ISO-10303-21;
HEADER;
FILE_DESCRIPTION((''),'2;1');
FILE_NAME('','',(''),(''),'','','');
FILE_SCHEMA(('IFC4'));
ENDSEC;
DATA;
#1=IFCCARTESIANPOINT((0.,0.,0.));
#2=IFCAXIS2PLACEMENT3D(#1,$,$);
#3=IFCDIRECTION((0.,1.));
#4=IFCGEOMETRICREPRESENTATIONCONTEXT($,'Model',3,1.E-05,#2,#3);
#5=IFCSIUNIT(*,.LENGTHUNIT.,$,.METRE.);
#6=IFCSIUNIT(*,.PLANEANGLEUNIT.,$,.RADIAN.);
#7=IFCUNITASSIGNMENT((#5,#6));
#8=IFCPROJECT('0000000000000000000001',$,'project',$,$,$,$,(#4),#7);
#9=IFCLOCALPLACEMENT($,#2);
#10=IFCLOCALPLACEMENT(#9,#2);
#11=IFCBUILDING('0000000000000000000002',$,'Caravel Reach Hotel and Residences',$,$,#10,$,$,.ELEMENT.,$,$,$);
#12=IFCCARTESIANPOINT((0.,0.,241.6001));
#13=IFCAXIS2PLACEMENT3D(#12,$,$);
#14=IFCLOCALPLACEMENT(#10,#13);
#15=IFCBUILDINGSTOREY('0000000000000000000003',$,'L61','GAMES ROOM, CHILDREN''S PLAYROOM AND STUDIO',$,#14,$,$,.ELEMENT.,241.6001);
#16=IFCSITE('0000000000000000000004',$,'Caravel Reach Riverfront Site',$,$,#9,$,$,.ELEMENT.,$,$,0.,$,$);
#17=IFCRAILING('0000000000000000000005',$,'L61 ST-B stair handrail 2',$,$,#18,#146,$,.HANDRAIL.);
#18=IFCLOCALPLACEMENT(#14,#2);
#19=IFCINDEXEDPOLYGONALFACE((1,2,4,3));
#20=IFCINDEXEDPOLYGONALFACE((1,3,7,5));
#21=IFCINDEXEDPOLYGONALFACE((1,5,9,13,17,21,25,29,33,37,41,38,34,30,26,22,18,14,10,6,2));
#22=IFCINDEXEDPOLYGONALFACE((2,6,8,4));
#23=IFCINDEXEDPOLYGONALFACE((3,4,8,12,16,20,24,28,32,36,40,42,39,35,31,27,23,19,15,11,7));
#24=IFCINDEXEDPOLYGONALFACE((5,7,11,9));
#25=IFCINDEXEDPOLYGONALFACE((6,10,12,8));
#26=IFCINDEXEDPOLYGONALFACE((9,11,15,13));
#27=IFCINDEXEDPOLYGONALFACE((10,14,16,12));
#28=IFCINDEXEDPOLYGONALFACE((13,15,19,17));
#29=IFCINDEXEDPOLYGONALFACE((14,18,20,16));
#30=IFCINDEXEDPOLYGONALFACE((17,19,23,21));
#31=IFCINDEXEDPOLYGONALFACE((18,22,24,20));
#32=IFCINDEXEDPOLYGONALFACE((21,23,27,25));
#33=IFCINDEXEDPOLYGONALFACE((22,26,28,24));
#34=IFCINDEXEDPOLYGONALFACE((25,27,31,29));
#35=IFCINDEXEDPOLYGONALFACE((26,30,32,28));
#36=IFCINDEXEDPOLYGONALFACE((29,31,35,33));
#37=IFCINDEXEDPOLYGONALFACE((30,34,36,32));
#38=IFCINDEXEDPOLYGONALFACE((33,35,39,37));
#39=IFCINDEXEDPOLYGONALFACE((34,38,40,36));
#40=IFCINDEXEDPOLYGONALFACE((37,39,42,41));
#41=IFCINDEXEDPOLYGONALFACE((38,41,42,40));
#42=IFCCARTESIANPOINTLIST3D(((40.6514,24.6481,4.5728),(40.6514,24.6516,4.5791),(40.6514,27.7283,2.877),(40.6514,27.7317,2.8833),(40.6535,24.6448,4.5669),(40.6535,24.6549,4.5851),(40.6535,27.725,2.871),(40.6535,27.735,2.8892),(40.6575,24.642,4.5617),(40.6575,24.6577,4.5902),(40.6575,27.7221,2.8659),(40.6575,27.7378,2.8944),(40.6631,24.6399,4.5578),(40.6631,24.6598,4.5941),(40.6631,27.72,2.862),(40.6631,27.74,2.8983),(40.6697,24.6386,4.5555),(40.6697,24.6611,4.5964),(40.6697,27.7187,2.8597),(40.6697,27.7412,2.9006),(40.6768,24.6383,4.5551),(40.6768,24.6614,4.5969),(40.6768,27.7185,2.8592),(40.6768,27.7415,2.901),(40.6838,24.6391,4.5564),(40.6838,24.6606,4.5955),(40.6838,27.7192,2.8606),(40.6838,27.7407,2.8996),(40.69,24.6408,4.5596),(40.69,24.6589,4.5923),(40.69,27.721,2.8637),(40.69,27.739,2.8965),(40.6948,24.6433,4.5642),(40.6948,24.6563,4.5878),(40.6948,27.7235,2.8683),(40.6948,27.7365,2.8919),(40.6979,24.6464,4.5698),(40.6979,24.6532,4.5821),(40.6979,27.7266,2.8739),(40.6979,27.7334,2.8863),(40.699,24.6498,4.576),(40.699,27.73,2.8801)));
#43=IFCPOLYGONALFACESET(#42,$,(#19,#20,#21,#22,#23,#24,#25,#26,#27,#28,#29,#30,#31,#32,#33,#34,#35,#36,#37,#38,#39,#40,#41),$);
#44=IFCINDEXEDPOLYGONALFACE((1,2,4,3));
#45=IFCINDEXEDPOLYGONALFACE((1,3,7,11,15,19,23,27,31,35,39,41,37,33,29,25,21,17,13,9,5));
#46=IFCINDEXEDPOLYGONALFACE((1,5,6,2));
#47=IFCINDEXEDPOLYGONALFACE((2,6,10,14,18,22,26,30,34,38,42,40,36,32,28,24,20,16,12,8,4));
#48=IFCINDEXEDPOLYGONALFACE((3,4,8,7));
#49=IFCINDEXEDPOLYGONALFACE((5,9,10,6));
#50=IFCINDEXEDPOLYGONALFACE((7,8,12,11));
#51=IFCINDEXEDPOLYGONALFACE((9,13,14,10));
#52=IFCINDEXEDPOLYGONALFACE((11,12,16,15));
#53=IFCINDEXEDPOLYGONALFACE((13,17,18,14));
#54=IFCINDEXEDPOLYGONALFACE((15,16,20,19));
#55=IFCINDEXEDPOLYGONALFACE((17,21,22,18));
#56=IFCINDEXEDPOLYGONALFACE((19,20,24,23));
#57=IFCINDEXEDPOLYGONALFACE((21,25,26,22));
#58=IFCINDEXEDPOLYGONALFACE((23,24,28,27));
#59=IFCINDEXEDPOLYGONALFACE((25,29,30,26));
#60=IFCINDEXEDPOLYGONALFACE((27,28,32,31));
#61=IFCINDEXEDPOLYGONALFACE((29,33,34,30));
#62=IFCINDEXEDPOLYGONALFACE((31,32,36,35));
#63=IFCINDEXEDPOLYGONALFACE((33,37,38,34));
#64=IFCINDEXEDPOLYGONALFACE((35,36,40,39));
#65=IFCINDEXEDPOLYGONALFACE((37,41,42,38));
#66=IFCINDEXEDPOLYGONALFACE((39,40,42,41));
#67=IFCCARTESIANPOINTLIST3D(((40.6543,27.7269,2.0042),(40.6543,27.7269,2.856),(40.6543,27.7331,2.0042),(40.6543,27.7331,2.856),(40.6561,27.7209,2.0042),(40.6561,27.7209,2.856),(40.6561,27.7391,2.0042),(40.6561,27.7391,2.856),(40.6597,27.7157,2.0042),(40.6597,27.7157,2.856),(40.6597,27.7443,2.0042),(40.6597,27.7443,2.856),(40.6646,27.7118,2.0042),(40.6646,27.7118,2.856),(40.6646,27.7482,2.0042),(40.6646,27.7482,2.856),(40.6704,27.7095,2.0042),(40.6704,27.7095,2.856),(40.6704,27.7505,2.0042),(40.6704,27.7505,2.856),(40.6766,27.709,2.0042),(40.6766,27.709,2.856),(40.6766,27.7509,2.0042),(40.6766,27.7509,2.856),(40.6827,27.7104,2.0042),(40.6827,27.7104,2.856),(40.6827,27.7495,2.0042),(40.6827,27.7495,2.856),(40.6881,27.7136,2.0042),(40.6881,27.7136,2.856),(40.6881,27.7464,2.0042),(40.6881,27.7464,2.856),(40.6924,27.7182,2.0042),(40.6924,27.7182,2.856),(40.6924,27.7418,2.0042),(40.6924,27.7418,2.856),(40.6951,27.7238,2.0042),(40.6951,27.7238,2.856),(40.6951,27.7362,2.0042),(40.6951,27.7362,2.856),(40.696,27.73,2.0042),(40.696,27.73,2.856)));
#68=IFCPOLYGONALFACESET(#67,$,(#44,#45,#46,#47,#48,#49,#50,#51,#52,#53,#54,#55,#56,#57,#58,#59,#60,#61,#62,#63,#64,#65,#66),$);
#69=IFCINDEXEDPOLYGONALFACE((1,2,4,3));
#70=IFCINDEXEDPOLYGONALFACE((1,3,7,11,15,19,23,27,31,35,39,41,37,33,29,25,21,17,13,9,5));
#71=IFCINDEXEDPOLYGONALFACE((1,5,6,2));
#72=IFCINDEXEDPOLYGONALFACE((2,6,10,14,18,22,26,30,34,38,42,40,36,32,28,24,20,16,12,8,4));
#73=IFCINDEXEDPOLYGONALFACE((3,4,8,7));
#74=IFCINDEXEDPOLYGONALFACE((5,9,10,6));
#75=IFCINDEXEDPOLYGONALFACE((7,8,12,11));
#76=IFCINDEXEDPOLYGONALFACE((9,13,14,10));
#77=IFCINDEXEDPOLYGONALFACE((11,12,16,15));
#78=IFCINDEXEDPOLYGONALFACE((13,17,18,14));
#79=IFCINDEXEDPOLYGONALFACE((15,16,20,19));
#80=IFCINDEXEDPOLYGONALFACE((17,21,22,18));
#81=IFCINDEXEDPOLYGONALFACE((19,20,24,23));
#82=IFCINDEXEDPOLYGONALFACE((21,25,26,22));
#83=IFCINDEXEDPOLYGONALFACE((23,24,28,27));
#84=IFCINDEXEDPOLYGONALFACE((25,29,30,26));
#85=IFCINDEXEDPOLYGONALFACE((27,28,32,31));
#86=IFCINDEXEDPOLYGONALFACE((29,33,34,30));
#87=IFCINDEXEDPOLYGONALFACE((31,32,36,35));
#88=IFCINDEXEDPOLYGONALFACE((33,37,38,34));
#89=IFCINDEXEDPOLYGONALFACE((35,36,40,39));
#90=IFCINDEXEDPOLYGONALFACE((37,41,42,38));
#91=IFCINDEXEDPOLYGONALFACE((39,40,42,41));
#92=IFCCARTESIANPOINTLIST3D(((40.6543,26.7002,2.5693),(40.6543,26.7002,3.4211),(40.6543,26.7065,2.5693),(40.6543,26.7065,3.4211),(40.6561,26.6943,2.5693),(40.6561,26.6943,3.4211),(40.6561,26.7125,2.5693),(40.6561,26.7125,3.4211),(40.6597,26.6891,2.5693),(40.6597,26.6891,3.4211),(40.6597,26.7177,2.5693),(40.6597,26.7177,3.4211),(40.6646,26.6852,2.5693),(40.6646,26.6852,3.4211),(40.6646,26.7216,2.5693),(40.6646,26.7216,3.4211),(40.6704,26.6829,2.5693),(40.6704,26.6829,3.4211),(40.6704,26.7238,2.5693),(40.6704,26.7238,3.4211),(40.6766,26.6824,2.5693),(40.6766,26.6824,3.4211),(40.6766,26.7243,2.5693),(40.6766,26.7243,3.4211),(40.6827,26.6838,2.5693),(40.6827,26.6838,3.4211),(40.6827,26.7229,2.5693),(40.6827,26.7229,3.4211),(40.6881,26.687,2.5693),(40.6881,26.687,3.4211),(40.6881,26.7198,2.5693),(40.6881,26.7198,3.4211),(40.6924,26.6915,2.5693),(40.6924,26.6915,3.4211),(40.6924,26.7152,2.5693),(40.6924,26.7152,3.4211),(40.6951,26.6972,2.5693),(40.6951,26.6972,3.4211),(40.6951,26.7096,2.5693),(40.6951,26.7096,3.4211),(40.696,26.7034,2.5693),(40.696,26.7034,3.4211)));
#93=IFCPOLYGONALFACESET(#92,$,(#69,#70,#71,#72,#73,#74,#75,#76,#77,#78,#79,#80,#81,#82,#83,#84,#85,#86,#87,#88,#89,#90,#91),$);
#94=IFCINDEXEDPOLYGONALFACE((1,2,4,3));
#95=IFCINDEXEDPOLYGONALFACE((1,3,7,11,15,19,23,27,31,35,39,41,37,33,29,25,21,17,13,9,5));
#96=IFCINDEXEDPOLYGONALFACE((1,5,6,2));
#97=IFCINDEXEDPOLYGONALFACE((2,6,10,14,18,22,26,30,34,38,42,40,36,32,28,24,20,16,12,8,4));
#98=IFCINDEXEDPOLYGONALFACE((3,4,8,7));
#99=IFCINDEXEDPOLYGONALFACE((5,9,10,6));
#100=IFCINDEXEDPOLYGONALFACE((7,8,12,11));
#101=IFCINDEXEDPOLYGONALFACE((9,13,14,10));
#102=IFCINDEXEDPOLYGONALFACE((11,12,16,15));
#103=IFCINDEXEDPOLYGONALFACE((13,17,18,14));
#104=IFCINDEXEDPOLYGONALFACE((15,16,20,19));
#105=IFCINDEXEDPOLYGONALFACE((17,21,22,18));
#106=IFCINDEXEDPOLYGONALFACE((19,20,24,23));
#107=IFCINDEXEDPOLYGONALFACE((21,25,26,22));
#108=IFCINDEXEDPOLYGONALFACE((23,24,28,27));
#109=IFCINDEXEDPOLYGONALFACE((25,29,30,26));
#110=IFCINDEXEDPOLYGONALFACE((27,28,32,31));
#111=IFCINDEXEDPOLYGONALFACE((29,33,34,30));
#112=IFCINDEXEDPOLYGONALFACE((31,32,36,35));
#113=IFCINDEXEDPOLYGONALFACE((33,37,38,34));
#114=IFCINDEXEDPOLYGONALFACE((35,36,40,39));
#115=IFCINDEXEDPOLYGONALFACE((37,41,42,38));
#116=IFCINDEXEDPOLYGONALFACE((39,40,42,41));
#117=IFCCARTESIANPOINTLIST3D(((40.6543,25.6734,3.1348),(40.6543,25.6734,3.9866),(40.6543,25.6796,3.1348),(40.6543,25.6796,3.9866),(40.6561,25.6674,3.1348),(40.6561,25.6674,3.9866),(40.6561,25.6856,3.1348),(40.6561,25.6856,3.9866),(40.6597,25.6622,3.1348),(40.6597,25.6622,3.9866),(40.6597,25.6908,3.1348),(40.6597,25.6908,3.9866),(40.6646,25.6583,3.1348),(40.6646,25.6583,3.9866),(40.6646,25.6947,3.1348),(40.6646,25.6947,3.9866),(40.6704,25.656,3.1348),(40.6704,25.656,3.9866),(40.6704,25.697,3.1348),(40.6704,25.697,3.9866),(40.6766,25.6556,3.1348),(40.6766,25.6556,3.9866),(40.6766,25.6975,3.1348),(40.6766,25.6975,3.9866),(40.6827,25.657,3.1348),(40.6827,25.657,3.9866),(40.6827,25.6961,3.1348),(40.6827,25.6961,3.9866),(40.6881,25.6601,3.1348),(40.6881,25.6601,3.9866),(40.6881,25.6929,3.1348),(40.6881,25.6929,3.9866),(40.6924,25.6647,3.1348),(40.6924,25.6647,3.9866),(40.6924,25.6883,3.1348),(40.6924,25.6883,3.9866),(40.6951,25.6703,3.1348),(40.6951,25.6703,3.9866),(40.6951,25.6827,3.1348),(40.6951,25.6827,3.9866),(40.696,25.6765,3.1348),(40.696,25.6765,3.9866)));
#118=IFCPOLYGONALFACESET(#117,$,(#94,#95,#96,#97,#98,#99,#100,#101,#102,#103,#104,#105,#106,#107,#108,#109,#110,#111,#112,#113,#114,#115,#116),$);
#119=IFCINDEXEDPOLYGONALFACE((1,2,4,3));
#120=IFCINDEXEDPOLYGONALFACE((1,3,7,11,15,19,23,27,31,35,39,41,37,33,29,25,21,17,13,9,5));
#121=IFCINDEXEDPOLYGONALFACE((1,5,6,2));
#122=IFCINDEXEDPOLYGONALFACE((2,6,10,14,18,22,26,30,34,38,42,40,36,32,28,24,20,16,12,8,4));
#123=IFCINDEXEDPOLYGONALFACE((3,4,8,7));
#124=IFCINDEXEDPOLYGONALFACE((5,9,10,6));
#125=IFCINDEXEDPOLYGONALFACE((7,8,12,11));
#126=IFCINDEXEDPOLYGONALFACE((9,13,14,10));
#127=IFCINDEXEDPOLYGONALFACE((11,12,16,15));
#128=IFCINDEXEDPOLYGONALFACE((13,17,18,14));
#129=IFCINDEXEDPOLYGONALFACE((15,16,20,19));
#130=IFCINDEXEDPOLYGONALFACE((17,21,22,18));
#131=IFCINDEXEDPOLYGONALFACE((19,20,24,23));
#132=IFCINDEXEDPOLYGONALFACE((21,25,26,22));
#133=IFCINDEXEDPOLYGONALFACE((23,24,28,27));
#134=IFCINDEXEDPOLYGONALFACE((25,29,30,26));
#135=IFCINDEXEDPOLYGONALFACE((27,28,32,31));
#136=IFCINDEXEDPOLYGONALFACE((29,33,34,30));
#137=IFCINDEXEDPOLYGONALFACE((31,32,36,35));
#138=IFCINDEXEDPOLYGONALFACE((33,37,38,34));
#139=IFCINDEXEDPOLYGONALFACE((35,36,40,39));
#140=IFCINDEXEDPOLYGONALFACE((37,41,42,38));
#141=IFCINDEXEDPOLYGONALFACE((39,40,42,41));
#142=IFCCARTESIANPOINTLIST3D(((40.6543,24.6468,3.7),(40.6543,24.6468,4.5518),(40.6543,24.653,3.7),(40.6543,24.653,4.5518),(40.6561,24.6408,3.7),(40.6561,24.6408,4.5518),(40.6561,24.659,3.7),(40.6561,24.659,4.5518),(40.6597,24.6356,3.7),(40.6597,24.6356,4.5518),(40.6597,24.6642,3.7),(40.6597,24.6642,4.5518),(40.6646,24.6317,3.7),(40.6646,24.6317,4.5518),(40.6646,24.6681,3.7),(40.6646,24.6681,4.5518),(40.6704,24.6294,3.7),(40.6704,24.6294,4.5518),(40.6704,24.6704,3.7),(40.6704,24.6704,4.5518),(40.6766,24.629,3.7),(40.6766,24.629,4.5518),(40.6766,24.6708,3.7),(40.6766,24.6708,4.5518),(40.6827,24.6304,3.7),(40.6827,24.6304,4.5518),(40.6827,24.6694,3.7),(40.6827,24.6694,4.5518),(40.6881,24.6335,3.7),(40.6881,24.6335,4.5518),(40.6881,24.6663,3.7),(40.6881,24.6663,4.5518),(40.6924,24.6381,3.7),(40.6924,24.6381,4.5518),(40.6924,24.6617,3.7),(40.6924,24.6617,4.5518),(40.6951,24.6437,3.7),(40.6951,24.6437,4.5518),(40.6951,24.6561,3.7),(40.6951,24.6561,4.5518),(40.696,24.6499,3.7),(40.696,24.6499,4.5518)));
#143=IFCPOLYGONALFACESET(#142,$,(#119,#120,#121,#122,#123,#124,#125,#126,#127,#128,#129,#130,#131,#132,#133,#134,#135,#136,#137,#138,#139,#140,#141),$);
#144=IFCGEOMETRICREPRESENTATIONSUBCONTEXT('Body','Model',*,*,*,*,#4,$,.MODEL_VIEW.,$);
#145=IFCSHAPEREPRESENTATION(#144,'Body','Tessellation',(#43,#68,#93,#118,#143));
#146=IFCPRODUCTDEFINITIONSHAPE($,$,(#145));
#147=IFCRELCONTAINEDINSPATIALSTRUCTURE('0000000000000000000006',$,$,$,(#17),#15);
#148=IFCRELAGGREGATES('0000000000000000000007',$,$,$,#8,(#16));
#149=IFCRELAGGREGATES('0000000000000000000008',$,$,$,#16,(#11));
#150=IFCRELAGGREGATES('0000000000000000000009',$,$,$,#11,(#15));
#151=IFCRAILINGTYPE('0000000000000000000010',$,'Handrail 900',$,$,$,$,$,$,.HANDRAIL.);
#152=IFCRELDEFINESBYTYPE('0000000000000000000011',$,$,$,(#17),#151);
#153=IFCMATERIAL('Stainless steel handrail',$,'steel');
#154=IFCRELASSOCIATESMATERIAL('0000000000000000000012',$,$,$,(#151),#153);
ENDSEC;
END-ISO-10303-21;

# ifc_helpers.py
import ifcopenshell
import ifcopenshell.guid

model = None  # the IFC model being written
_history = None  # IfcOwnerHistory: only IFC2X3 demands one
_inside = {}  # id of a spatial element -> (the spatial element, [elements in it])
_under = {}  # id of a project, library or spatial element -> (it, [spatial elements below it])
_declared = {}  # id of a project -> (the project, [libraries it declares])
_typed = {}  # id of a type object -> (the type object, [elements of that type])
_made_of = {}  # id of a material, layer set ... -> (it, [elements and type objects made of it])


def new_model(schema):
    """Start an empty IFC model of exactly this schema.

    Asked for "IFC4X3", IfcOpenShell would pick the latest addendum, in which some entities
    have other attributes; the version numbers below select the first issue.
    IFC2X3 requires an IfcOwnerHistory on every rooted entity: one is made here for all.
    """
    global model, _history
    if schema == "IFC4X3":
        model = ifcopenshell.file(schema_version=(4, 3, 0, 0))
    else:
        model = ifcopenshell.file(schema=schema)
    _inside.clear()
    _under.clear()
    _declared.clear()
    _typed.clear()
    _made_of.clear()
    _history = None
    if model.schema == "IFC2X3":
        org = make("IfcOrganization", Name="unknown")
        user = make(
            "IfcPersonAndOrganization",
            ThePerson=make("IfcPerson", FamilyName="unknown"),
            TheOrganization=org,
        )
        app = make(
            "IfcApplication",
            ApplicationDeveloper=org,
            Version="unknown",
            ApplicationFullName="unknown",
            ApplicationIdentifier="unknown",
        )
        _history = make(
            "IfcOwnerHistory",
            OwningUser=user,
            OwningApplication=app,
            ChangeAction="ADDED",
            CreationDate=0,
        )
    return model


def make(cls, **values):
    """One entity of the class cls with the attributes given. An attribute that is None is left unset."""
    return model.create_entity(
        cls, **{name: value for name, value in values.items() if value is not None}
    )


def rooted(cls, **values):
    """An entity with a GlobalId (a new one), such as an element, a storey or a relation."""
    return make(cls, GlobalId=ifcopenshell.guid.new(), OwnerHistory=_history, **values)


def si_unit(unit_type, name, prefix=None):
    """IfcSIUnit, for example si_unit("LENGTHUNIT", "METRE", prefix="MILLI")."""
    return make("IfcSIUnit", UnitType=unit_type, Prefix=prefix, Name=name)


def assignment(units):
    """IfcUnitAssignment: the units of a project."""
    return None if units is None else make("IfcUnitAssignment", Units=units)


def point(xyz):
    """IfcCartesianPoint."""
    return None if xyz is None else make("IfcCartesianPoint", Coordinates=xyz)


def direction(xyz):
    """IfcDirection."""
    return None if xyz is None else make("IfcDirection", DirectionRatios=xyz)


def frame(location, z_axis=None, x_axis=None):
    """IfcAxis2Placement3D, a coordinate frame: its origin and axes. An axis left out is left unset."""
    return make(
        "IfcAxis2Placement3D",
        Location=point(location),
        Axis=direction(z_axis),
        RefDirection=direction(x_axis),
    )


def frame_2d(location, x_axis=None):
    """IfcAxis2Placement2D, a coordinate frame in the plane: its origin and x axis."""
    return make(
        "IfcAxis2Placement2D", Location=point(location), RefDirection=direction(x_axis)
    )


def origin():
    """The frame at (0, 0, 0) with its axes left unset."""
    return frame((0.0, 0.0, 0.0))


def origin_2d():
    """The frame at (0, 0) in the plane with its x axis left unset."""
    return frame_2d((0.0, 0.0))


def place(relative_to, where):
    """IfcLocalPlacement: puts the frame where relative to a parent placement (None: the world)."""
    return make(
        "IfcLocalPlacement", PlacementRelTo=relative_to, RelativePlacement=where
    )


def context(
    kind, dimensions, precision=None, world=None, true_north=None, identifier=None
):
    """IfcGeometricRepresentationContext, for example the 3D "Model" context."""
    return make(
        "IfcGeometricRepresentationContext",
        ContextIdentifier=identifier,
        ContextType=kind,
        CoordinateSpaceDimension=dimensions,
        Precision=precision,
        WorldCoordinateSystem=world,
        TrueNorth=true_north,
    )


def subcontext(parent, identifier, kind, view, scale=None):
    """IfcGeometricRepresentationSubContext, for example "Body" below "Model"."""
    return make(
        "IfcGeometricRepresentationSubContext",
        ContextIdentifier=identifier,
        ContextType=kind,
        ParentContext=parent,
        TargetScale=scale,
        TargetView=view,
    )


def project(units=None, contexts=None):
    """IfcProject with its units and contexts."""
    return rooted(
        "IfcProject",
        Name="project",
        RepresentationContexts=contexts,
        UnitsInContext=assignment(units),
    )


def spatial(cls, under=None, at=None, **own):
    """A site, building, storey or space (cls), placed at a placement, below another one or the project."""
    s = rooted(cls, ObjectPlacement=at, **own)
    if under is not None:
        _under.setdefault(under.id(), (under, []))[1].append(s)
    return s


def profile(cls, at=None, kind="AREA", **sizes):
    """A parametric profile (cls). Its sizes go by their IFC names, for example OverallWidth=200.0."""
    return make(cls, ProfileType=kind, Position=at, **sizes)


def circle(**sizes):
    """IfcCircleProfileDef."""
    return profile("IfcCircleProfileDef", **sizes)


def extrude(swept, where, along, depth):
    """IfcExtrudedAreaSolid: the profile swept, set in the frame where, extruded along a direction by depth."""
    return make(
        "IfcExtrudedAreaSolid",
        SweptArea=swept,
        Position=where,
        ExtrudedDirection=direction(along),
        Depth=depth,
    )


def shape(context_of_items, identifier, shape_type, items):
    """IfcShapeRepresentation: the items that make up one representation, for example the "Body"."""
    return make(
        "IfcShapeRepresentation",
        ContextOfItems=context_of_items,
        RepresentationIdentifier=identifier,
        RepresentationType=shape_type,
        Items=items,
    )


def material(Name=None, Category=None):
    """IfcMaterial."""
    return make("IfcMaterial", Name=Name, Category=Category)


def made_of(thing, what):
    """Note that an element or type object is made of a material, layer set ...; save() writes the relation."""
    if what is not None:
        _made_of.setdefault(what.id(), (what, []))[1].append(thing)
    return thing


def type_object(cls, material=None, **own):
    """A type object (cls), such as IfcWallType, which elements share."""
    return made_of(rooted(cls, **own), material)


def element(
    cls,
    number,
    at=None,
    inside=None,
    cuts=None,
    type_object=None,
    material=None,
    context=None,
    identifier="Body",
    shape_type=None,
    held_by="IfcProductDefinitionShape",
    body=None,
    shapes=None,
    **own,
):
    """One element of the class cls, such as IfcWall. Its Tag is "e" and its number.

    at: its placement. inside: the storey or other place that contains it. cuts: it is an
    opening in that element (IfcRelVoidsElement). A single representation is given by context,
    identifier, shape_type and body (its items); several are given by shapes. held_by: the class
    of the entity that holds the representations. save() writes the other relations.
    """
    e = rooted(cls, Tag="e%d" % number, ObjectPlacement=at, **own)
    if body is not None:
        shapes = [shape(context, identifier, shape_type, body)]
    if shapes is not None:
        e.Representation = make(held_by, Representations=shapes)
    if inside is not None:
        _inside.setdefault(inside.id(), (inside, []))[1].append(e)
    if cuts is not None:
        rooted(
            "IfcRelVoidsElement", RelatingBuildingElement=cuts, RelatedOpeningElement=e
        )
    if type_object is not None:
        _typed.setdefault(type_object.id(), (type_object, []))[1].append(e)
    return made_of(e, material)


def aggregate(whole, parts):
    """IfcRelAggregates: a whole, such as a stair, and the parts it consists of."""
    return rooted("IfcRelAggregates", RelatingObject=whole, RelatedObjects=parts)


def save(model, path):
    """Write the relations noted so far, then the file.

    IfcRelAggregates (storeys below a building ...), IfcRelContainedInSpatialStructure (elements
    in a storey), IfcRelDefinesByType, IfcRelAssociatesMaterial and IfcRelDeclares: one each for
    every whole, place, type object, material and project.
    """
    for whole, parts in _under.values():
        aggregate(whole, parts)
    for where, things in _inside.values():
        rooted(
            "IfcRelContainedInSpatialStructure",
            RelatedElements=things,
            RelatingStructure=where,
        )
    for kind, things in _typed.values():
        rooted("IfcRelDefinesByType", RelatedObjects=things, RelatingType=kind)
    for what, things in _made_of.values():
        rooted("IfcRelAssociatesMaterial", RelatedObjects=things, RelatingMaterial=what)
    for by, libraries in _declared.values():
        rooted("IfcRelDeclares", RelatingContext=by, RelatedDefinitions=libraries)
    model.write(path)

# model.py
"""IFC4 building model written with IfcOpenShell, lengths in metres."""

from ifc_helpers import new_model, si_unit, direction, frame, origin, origin_2d, place, context, subcontext, project, spatial, circle, extrude, material, type_object, element, save


model = new_model("IFC4")

# Units and contexts
model_context = context("Model", 3, precision=1e-05, world=origin(), true_north=direction((0.0, 1.0)))
body_context = subcontext(model_context, "Body", "Model", "MODEL_VIEW")
ifc_project = project(units=[si_unit("LENGTHUNIT", "METRE"), si_unit("PLANEANGLEUNIT", "RADIAN")], contexts=[model_context])

# Site, building, storey
site_placement = place(None, origin())
site = spatial("IfcSite", under=ifc_project, at=site_placement, Name="Caravel Reach Riverfront Site", CompositionType="ELEMENT", RefElevation=0.0)
building_placement = place(site_placement, origin())
building = spatial("IfcBuilding", under=site, at=building_placement, Name="Caravel Reach Hotel and Residences", CompositionType="ELEMENT")
storey_placement = place(building_placement, frame((0.0, 0.0, 241.6001)))
storey = spatial("IfcBuildingStorey", under=building, at=storey_placement, Name="L61", Description="GAMES ROOM, CHILDREN'S PLAYROOM AND STUDIO", CompositionType="ELEMENT", Elevation=241.6001)

# Railing
ifc_material_1 = material(Name="Stainless steel handrail", Category="steel")
railing_type_1 = type_object("IfcRailingType", Name="Handrail 900", PredefinedType="HANDRAIL", material=ifc_material_1)
railing_1_placement = place(storey_placement, frame((40.675, 27.73, 2.0042)))
element("IfcRailing", 1, at=railing_1_placement, inside=storey, type_object=railing_type_1, Name="L61 ST-B stair handrail 2", PredefinedType="HANDRAIL", context=body_context, shape_type="SweptSolid", body=[
    extrude(circle(Radius=0.0239, at=origin_2d()), frame((0.0, 0.0, 0.876), z_axis=(0.0, -0.876005, 0.482303), x_axis=(1.0, 0.0, 0.0)), (0.0, 0.0, 1.0), 3.5161),
    extrude(circle(Radius=0.021, at=origin_2d()), origin(), (0.0, 0.0, 1.0), 0.8518),
    extrude(circle(Radius=0.021, at=origin_2d()), frame((0.0, -1.0266, 0.5652)), (0.0, 0.0, 1.0), 0.8518),
    extrude(circle(Radius=0.021, at=origin_2d()), frame((0.0, -2.0535, 1.1306)), (0.0, 0.0, 1.0), 0.8518),
    extrude(circle(Radius=0.021, at=origin_2d()), frame((0.0, -3.0801, 1.6958)), (0.0, 0.0, 1.0), 0.8518),
])

save(model, "model.ifc")
